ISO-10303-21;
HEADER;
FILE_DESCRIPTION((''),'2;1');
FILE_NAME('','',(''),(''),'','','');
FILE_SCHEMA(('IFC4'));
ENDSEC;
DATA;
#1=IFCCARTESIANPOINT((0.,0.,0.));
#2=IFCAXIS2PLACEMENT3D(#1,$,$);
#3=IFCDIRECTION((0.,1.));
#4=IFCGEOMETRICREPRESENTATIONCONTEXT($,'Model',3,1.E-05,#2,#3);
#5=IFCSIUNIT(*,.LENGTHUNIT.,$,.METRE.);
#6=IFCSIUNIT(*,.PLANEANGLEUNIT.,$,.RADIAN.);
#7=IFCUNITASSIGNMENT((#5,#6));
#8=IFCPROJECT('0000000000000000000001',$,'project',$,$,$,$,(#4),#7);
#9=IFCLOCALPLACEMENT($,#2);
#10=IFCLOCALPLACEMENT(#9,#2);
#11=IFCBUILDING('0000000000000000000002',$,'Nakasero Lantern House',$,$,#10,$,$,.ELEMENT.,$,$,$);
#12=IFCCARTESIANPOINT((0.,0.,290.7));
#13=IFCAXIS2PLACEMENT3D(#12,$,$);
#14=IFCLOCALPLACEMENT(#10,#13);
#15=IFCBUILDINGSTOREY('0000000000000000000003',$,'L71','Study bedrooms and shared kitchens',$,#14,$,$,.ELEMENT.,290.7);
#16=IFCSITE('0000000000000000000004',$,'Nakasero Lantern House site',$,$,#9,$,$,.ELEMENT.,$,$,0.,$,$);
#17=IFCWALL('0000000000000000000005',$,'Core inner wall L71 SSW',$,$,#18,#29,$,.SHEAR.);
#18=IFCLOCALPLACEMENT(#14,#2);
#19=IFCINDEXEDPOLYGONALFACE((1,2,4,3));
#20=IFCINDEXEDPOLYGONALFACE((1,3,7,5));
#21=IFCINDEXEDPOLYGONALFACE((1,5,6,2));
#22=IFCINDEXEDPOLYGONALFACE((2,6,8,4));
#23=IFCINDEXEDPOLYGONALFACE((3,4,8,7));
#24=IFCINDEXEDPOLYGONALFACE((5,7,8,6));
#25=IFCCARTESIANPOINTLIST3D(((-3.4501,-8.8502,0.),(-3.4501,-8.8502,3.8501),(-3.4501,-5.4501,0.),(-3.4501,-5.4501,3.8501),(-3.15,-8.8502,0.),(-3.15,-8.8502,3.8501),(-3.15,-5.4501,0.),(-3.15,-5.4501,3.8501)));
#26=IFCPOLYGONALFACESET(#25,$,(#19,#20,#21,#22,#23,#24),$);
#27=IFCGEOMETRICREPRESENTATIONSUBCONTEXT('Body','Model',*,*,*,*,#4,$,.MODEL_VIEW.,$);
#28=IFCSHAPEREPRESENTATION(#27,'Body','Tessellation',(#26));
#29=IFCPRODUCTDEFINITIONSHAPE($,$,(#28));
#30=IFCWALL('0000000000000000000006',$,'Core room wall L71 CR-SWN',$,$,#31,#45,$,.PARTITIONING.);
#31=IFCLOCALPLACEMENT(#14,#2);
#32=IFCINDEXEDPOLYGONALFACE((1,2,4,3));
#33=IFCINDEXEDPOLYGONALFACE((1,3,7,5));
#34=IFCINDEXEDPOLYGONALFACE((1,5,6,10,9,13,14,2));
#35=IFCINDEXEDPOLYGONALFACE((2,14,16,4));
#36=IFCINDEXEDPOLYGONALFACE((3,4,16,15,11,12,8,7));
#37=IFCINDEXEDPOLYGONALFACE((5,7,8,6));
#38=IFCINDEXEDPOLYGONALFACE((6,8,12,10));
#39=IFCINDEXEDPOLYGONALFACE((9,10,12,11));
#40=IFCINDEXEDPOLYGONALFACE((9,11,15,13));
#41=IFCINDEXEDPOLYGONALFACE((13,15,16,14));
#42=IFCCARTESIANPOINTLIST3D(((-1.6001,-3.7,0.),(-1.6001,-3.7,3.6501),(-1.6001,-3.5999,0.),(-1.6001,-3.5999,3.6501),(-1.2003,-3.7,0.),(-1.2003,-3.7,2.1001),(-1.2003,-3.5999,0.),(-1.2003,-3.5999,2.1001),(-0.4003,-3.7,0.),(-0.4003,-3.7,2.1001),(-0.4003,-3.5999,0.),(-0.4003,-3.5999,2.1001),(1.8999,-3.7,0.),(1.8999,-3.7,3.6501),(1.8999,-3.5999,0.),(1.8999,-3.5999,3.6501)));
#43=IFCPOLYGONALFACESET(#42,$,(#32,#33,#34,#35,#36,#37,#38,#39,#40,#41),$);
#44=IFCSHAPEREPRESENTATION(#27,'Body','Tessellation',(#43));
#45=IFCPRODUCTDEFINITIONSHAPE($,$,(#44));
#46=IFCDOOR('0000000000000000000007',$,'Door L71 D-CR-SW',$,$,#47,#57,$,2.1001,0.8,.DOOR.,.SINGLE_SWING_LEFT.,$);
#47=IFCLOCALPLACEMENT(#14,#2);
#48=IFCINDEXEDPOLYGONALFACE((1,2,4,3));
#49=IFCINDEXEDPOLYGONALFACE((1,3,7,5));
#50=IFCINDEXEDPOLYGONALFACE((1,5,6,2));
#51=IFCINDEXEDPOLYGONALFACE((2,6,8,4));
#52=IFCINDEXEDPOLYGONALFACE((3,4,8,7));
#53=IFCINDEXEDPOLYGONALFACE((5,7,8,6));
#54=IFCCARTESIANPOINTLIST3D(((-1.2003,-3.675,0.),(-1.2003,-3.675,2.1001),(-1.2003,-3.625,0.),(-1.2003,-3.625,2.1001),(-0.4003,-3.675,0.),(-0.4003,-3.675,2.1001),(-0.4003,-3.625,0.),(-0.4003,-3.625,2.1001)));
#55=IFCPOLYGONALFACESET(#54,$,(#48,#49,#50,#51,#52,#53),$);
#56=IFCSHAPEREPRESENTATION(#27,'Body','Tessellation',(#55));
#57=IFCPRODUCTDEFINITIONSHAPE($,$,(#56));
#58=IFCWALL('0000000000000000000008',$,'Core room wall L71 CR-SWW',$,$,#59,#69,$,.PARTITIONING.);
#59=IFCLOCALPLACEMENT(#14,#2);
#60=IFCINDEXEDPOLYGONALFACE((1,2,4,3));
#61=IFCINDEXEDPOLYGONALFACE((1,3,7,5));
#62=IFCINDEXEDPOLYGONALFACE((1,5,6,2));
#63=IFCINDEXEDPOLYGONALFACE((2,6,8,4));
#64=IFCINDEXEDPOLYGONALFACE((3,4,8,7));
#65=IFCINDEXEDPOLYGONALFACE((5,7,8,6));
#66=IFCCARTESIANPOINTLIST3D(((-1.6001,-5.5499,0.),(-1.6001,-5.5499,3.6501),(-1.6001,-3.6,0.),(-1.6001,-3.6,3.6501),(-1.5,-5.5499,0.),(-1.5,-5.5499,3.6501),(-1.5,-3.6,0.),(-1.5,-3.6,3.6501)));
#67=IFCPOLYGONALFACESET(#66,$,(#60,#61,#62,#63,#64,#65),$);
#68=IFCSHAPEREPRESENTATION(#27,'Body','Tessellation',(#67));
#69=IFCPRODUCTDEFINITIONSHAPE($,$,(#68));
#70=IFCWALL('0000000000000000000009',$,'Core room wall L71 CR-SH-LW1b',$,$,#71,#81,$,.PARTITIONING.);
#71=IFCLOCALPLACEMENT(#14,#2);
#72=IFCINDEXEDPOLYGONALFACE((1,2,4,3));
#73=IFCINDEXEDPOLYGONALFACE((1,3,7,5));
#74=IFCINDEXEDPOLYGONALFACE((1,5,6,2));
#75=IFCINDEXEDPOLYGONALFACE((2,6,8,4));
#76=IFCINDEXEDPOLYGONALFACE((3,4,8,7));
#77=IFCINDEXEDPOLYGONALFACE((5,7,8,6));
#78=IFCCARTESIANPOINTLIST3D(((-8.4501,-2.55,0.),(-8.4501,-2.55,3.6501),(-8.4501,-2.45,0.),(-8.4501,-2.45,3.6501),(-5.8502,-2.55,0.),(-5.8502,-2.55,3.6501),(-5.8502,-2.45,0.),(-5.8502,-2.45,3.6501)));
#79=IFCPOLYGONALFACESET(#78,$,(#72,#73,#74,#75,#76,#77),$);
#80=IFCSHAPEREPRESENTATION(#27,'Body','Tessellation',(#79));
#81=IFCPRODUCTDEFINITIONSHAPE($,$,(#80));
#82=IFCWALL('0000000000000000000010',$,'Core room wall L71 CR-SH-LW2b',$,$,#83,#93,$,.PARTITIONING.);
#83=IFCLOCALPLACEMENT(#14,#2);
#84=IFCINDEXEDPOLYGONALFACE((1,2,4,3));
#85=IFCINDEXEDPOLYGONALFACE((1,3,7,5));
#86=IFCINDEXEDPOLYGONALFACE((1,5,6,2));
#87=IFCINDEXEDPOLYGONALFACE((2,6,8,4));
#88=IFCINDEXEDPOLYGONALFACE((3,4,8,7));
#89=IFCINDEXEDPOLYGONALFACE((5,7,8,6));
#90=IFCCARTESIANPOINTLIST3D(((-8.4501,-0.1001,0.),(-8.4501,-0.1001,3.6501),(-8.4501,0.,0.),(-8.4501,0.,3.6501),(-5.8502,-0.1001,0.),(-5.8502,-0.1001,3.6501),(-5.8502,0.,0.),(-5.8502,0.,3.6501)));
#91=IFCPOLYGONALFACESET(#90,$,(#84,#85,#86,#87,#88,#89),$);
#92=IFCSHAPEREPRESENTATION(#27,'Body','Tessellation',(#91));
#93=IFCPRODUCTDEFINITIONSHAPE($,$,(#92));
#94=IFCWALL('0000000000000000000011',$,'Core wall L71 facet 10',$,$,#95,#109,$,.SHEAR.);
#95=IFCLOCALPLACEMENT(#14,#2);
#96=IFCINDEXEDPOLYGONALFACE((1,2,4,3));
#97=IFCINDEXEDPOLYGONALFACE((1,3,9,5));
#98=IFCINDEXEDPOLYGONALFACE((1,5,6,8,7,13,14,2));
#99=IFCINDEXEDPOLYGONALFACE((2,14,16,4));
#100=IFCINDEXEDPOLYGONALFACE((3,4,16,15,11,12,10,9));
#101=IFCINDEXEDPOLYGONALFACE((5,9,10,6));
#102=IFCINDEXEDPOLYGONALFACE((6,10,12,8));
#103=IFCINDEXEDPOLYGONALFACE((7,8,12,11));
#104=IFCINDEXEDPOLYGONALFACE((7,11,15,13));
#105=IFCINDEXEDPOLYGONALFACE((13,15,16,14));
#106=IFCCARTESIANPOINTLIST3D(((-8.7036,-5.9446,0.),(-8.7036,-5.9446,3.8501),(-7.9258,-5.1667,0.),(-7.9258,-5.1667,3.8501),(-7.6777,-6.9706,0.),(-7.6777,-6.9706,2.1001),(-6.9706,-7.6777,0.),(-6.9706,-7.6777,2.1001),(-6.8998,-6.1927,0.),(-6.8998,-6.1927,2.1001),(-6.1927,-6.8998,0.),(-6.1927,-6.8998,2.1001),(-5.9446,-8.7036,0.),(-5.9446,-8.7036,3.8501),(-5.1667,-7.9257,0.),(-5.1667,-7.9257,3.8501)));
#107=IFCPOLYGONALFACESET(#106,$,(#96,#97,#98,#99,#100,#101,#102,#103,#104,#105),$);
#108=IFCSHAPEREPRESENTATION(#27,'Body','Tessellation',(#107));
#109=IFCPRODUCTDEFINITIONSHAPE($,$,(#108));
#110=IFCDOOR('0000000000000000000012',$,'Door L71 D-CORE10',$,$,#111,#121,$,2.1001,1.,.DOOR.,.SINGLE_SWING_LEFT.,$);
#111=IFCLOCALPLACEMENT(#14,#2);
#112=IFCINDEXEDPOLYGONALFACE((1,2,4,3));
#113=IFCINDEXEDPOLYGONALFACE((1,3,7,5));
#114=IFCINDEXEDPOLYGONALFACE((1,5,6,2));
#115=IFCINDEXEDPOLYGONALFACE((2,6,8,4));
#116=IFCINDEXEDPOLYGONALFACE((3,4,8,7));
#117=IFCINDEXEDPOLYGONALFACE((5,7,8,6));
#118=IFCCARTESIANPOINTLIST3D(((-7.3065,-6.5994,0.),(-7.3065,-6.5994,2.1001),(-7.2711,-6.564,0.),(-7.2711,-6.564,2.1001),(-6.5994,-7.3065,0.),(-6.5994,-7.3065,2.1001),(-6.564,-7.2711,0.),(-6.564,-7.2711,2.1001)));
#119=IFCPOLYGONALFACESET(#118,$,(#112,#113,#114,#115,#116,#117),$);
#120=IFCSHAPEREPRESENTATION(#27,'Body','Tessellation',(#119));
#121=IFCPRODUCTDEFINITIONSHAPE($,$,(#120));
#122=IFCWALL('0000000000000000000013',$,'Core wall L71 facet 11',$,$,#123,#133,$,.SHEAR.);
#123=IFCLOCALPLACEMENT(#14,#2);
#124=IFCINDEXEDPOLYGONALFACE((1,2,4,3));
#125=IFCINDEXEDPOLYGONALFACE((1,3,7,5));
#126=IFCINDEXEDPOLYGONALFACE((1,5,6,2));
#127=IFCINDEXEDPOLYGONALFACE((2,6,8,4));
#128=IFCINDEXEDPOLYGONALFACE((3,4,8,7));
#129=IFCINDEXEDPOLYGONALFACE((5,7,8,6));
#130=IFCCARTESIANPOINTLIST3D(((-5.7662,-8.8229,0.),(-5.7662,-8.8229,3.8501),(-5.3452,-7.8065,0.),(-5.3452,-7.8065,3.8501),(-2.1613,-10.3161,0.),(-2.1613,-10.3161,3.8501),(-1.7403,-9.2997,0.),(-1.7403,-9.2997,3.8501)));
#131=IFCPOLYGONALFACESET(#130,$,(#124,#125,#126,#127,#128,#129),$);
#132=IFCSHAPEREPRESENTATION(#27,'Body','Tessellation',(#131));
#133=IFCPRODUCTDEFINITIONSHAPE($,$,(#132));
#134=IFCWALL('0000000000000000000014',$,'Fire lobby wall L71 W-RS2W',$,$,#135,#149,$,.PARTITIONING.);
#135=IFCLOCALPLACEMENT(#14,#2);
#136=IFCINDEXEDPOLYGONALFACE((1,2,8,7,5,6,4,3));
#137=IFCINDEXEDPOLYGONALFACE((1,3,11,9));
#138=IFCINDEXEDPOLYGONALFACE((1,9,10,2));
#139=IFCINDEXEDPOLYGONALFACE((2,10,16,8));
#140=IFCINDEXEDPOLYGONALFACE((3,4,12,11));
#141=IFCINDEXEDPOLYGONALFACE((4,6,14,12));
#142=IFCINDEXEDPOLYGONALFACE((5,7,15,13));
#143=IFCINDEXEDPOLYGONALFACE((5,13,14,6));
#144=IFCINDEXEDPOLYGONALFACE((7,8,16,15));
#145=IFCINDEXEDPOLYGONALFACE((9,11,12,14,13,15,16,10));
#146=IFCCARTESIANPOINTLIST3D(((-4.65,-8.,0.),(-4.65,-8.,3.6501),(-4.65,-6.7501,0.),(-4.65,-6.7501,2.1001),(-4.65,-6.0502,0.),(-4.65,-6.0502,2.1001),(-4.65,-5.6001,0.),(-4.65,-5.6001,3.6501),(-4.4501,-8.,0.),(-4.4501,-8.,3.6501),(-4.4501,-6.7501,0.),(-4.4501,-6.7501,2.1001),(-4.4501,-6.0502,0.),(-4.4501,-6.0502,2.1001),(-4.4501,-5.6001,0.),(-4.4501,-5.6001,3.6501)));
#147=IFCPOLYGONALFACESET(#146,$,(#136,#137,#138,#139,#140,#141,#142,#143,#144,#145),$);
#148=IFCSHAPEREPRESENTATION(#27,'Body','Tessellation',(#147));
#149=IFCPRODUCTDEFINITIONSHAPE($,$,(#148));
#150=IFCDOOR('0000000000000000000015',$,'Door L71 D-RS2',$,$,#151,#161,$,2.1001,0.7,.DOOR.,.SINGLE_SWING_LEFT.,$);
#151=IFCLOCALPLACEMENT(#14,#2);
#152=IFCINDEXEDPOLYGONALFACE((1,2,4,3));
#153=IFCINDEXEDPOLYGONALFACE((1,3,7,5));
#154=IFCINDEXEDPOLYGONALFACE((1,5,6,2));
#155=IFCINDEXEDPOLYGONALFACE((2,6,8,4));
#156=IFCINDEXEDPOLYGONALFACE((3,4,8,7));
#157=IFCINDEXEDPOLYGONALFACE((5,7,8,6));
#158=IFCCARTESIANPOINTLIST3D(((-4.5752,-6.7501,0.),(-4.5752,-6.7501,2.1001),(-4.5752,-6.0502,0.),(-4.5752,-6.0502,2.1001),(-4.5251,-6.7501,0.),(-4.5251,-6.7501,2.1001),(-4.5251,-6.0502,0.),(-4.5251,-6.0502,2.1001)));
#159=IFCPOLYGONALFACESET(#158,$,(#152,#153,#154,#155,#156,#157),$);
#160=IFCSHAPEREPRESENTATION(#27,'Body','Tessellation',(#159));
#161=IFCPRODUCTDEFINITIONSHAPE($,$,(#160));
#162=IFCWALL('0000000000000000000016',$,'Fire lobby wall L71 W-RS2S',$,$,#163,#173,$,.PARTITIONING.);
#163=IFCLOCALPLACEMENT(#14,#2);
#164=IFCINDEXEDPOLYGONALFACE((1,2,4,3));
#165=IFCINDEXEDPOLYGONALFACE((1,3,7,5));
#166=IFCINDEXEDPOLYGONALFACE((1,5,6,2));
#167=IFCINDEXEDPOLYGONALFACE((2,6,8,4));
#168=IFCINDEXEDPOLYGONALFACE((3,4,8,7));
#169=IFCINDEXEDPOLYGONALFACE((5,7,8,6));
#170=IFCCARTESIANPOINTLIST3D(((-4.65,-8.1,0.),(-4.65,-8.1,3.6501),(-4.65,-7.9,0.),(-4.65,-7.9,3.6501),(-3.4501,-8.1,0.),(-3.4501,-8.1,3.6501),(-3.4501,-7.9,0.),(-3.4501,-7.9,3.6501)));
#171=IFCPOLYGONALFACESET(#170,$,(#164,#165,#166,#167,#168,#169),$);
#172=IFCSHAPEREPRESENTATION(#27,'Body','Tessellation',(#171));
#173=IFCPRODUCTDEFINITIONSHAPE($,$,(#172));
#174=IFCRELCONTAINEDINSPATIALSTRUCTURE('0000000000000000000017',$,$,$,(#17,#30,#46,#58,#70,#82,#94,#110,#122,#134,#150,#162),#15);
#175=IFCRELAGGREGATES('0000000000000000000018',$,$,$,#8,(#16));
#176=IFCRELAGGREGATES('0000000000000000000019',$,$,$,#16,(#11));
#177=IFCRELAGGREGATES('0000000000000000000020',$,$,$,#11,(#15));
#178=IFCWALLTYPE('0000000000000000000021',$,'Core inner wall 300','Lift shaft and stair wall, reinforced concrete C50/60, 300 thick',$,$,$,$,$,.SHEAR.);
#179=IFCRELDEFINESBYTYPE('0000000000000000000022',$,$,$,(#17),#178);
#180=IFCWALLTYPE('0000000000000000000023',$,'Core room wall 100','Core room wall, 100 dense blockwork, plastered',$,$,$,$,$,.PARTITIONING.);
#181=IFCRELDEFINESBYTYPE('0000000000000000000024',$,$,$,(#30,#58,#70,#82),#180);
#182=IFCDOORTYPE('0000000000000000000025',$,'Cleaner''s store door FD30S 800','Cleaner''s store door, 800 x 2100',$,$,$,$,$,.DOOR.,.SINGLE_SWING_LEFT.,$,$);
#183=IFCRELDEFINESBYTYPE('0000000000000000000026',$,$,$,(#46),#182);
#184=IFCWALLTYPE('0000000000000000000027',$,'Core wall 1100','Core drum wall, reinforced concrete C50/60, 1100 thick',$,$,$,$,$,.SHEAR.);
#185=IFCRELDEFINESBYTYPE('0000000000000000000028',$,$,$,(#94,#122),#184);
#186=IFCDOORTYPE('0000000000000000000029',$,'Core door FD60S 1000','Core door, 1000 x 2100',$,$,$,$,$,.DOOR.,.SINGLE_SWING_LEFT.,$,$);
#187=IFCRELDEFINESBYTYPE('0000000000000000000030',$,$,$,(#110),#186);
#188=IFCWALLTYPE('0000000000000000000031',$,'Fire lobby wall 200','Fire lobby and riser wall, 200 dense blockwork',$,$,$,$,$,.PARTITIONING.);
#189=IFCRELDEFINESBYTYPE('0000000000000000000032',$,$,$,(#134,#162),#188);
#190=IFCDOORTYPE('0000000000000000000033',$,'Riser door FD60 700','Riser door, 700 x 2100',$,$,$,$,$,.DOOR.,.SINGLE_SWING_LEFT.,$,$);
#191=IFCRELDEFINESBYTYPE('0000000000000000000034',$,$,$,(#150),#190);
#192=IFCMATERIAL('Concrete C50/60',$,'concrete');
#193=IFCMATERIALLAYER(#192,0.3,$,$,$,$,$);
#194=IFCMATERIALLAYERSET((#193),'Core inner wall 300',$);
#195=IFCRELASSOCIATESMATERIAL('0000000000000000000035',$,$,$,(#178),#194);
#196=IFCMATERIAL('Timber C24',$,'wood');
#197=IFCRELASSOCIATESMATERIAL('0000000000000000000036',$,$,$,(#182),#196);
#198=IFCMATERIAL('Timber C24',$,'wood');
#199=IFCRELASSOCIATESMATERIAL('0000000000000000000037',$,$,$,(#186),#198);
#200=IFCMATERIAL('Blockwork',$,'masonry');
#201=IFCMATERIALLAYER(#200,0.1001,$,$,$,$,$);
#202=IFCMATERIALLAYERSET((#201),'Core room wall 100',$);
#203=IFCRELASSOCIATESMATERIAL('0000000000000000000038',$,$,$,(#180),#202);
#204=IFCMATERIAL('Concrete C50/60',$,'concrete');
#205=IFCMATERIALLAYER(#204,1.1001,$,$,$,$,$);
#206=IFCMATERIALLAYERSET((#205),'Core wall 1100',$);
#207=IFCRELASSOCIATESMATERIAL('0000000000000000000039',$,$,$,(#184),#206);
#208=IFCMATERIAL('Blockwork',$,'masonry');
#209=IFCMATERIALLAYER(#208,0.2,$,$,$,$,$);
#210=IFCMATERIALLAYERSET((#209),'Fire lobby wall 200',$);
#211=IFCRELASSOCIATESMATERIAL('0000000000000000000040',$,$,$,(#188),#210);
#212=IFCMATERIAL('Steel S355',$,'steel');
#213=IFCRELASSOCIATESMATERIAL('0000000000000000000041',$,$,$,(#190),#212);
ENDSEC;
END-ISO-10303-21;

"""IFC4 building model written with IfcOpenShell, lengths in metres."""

from ifc_helpers import new_model, si_unit, direction, frame, frame_2d, origin, place, context, subcontext, project, spatial, rectangle, extrude, material, layer, layer_set, type_object, element, fill, save


model = new_model("IFC4")

# Units and contexts
model_context = context("Model", 3, precision=1e-05, world=origin(), true_north=direction((0.0, 1.0)))
body_context = subcontext(model_context, "Body", "Model", "MODEL_VIEW")
ifc_project = project(units=[si_unit("LENGTHUNIT", "METRE"), si_unit("PLANEANGLEUNIT", "RADIAN")], contexts=[model_context])

# Site, building, storey
site_placement = place(None, origin())
site = spatial("IfcSite", under=ifc_project, at=site_placement, Name="Nakasero Lantern House site", CompositionType="ELEMENT", RefElevation=0.0)
building_placement = place(site_placement, origin())
building = spatial("IfcBuilding", under=site, at=building_placement, Name="Nakasero Lantern House", CompositionType="ELEMENT")
storey_placement = place(building_placement, frame((0.0, 0.0, 290.7)))
storey = spatial("IfcBuildingStorey", under=building, at=storey_placement, Name="L71", Description="Study bedrooms and shared kitchens", CompositionType="ELEMENT", Elevation=290.7)

# Shared definitions
ifc_material_1 = material(Name="Concrete C50/60", Category="concrete")
ifc_layer_1 = layer(ifc_material_1, 0.3)
ifc_layer_set_1 = layer_set([ifc_layer_1], Name="Core inner wall 300")
wall_type_1 = type_object("IfcWallType", Name="Core inner wall 300", Description="Lift shaft and stair wall, reinforced concrete C50/60, 300 thick", PredefinedType="SHEAR", material=ifc_layer_set_1)
ifc_material_2 = material(Name="Timber C24", Category="wood")
door_type_1 = type_object("IfcDoorType", Name="Cleaner's store door FD30S 800", Description="Cleaner's store door, 800 x 2100", OperationType="SINGLE_SWING_LEFT", PredefinedType="DOOR", material=ifc_material_2)

# Shared definitions
ifc_material_3 = material(Name="Timber C24", Category="wood")
door_type_2 = type_object("IfcDoorType", Name="Core door FD60S 1000", Description="Core door, 1000 x 2100", OperationType="SINGLE_SWING_LEFT", PredefinedType="DOOR", material=ifc_material_3)

# Wall
wall_1_placement = place(storey_placement, frame((-3.3, -5.45, 0.0), z_axis=(0.0, 0.0, 1.0), x_axis=(0.0, -1.0, 0.0)))
element("IfcWall", 1, at=wall_1_placement, inside=storey, type_object=wall_type_1, Name="Core inner wall L71 SSW", PredefinedType="SHEAR", context=body_context, shape_type="SweptSolid", body=[
    extrude(rectangle(XDim=3.4001, YDim=0.3, at=frame_2d((1.7002, 0.0))), origin(), (0.0, 0.0, 1.0), 3.8501),
])

# Wall, opening, door
ifc_material_4 = material(Name="Blockwork", Category="masonry")
ifc_layer_2 = layer(ifc_material_4, 0.1001)
ifc_layer_set_2 = layer_set([ifc_layer_2], Name="Core room wall 100")
wall_type_2 = type_object("IfcWallType", Name="Core room wall 100", Description="Core room wall, 100 dense blockwork, plastered", PredefinedType="PARTITIONING", material=ifc_layer_set_2)
wall_2_placement = place(storey_placement, frame((-1.6001, -3.6499, 0.0), z_axis=(0.0, 0.0, 1.0), x_axis=(1.0, 0.0, 0.0)))
wall_2 = element("IfcWall", 2, at=wall_2_placement, inside=storey, type_object=wall_type_2, Name="Core room wall L71 CR-SWN", PredefinedType="PARTITIONING", context=body_context, shape_type="SweptSolid", body=[
    extrude(rectangle(XDim=3.5, YDim=0.1001, at=frame_2d((1.75, 0.0))), origin(), (0.0, 0.0, 1.0), 3.6501),
])
opening_1_placement = place(wall_2_placement, frame((0.3999, 0.0, 0.0)))
opening_1 = element("IfcOpeningElement", 3, at=opening_1_placement, cuts=wall_2, PredefinedType="OPENING", context=body_context, shape_type="SweptSolid", body=[
    extrude(rectangle(XDim=0.8, YDim=2.1001, at=frame_2d((0.3999, 1.05))), frame((0.0, 0.0701, 0.0), z_axis=(0.0, -1.0, 0.0), x_axis=(1.0, 0.0, 0.0)), (0.0, 0.0, 1.0), 0.1401),
])
door_1_placement = place(opening_1_placement, origin())
door_1 = element("IfcDoor", 4, at=door_1_placement, inside=storey, type_object=door_type_1, Name="Door L71 D-CR-SW", OperationType="SINGLE_SWING_LEFT", OverallHeight=2.1001, OverallWidth=0.8, PredefinedType="DOOR", context=body_context, shape_type="SweptSolid", body=[
    extrude(rectangle(XDim=0.8, YDim=2.1001, at=frame_2d((0.3999, 1.05))), frame((0.0, 0.0249, 0.0), z_axis=(0.0, -1.0, 0.0), x_axis=(1.0, 0.0, 0.0)), (0.0, 0.0, 1.0), 0.05),
])
fill(opening_1, door_1)

# Walls
wall_3_placement = place(storey_placement, frame((-1.55, -5.55, 0.0), z_axis=(0.0, 0.0, 1.0), x_axis=(0.0, 1.0, 0.0)))
element("IfcWall", 5, at=wall_3_placement, inside=storey, type_object=wall_type_2, Name="Core room wall L71 CR-SWW", PredefinedType="PARTITIONING", context=body_context, shape_type="SweptSolid", body=[
    extrude(rectangle(XDim=1.95, YDim=0.1001, at=frame_2d((0.9751, 0.0))), origin(), (0.0, 0.0, 1.0), 3.6501),
])
for number, where, z_axis, x_axis, name in (
    (6, (-8.45, -2.5, 0.0), (0.0, 0.0, 1.0), (1.0, 0.0, 0.0), "Core room wall L71 CR-SH-LW1b"),
    (7, (-8.45, -0.05, 0.0), (0.0, 0.0, 1.0), (1.0, 0.0, 0.0), "Core room wall L71 CR-SH-LW2b"),
):
    element("IfcWall", number, at=place(storey_placement, frame(where, z_axis=z_axis, x_axis=x_axis)), inside=storey, type_object=wall_type_2, Name=name, PredefinedType="PARTITIONING", context=body_context, shape_type="SweptSolid", body=[
        extrude(rectangle(XDim=2.5999, YDim=0.1001, at=frame_2d((1.2998, 0.0))), origin(), (0.0, 0.0, 1.0), 3.6501),
    ])

# Wall, opening, door
ifc_material_5 = material(Name="Concrete C50/60", Category="concrete")
ifc_layer_3 = layer(ifc_material_5, 1.1001)
ifc_layer_set_3 = layer_set([ifc_layer_3], Name="Core wall 1100")
wall_type_3 = type_object("IfcWallType", Name="Core wall 1100", Description="Core drum wall, reinforced concrete C50/60, 1100 thick", PredefinedType="SHEAR", material=ifc_layer_set_3)
wall_4_placement = place(storey_placement, frame((-8.3147, -5.5557, 0.0), z_axis=(0.0, 0.0, 1.0), x_axis=(0.707107, -0.707107, 0.0)))
wall_4 = element("IfcWall", 8, at=wall_4_placement, inside=storey, type_object=wall_type_3, Name="Core wall L71 facet 10", PredefinedType="SHEAR", context=body_context, shape_type="SweptSolid", body=[
    extrude(rectangle(XDim=3.9019, YDim=1.1001, at=frame_2d((1.9509, 0.0))), origin(), (0.0, 0.0, 1.0), 3.8501),
])
opening_2_placement = place(wall_4_placement, frame((1.4509, 0.0, 0.0)))
opening_2 = element("IfcOpeningElement", 9, at=opening_2_placement, cuts=wall_4, PredefinedType="OPENING", context=body_context, shape_type="SweptSolid", body=[
    extrude(rectangle(XDim=1.0, YDim=2.1001, at=frame_2d((0.5, 1.05))), frame((0.0, 0.5701, 0.0), z_axis=(0.0, -1.0, 0.0), x_axis=(1.0, 0.0, 0.0)), (0.0, 0.0, 1.0), 1.1401),
])
door_2_placement = place(opening_2_placement, origin())
door_2 = element("IfcDoor", 10, at=door_2_placement, inside=storey, type_object=door_type_2, Name="Door L71 D-CORE10", OperationType="SINGLE_SWING_LEFT", OverallHeight=2.1001, OverallWidth=1.0, PredefinedType="DOOR", context=body_context, shape_type="SweptSolid", body=[
    extrude(rectangle(XDim=1.0, YDim=2.1001, at=frame_2d((0.5, 1.05))), frame((0.0, 0.0249, 0.0), z_axis=(0.0, -1.0, 0.0), x_axis=(1.0, 0.0, 0.0)), (0.0, 0.0, 1.0), 0.05),
])
fill(opening_2, door_2)

# Wall
wall_5_placement = place(storey_placement, frame((-5.5557, -8.3147, 0.0), z_axis=(0.0, 0.0, 1.0), x_axis=(0.923877, -0.382691, 0.0)))
element("IfcWall", 11, at=wall_5_placement, inside=storey, type_object=wall_type_3, Name="Core wall L71 facet 11", PredefinedType="SHEAR", context=body_context, shape_type="SweptSolid", body=[
    extrude(rectangle(XDim=3.9019, YDim=1.1001, at=frame_2d((1.9509, 0.0))), origin(), (0.0, 0.0, 1.0), 3.8501),
])

# Wall, opening, door
ifc_material_6 = material(Name="Blockwork", Category="masonry")
ifc_layer_4 = layer(ifc_material_6, 0.2)
ifc_layer_set_4 = layer_set([ifc_layer_4], Name="Fire lobby wall 200")
wall_type_4 = type_object("IfcWallType", Name="Fire lobby wall 200", Description="Fire lobby and riser wall, 200 dense blockwork", PredefinedType="PARTITIONING", material=ifc_layer_set_4)
wall_6_placement = place(storey_placement, frame((-4.55, -5.6001, 0.0), z_axis=(0.0, 0.0, 1.0), x_axis=(0.0, -1.0, 0.0)))
wall_6 = element("IfcWall", 12, at=wall_6_placement, inside=storey, type_object=wall_type_4, Name="Fire lobby wall L71 W-RS2W", PredefinedType="PARTITIONING", context=body_context, shape_type="SweptSolid", body=[
    extrude(rectangle(XDim=2.3999, YDim=0.2, at=frame_2d((1.2, 0.0))), origin(), (0.0, 0.0, 1.0), 3.6501),
])
opening_3_placement = place(wall_6_placement, frame((0.45, 0.0, 0.0)))
opening_3 = element("IfcOpeningElement", 13, at=opening_3_placement, cuts=wall_6, PredefinedType="OPENING", context=body_context, shape_type="SweptSolid", body=[
    extrude(rectangle(XDim=0.7, YDim=2.1001, at=frame_2d((0.3501, 1.05))), frame((0.0, 0.1199, 0.0), z_axis=(0.0, -1.0, 0.0), x_axis=(1.0, 0.0, 0.0)), (0.0, 0.0, 1.0), 0.24),
])
ifc_material_7 = material(Name="Steel S355", Category="steel")
door_type_3 = type_object("IfcDoorType", Name="Riser door FD60 700", Description="Riser door, 700 x 2100", OperationType="SINGLE_SWING_LEFT", PredefinedType="DOOR", material=ifc_material_7)
door_3_placement = place(opening_3_placement, origin())
door_3 = element("IfcDoor", 14, at=door_3_placement, inside=storey, type_object=door_type_3, Name="Door L71 D-RS2", OperationType="SINGLE_SWING_LEFT", OverallHeight=2.1001, OverallWidth=0.7, PredefinedType="DOOR", context=body_context, shape_type="SweptSolid", body=[
    extrude(rectangle(XDim=0.7, YDim=2.1001, at=frame_2d((0.3501, 1.05))), frame((0.0, 0.0249, 0.0), z_axis=(0.0, -1.0, 0.0), x_axis=(1.0, 0.0, 0.0)), (0.0, 0.0, 1.0), 0.05),
])
fill(opening_3, door_3)

# Wall
for number, where, z_axis, x_axis, name in (
    (15, (-3.45, -8.0, 0.0), (0.0, 0.0, 1.0), (-1.0, 0.0, 0.0), "Fire lobby wall L71 W-RS2S"),
):
    element("IfcWall", number, at=place(storey_placement, frame(where, z_axis=z_axis, x_axis=x_axis)), inside=storey, type_object=wall_type_4, Name=name, PredefinedType="PARTITIONING", context=body_context, shape_type="SweptSolid", body=[
        extrude(rectangle(XDim=1.2, YDim=0.2, at=frame_2d((0.6001, 0.0))), origin(), (0.0, 0.0, 1.0), 3.6501),
    ])

save(model, "model.ifc")
